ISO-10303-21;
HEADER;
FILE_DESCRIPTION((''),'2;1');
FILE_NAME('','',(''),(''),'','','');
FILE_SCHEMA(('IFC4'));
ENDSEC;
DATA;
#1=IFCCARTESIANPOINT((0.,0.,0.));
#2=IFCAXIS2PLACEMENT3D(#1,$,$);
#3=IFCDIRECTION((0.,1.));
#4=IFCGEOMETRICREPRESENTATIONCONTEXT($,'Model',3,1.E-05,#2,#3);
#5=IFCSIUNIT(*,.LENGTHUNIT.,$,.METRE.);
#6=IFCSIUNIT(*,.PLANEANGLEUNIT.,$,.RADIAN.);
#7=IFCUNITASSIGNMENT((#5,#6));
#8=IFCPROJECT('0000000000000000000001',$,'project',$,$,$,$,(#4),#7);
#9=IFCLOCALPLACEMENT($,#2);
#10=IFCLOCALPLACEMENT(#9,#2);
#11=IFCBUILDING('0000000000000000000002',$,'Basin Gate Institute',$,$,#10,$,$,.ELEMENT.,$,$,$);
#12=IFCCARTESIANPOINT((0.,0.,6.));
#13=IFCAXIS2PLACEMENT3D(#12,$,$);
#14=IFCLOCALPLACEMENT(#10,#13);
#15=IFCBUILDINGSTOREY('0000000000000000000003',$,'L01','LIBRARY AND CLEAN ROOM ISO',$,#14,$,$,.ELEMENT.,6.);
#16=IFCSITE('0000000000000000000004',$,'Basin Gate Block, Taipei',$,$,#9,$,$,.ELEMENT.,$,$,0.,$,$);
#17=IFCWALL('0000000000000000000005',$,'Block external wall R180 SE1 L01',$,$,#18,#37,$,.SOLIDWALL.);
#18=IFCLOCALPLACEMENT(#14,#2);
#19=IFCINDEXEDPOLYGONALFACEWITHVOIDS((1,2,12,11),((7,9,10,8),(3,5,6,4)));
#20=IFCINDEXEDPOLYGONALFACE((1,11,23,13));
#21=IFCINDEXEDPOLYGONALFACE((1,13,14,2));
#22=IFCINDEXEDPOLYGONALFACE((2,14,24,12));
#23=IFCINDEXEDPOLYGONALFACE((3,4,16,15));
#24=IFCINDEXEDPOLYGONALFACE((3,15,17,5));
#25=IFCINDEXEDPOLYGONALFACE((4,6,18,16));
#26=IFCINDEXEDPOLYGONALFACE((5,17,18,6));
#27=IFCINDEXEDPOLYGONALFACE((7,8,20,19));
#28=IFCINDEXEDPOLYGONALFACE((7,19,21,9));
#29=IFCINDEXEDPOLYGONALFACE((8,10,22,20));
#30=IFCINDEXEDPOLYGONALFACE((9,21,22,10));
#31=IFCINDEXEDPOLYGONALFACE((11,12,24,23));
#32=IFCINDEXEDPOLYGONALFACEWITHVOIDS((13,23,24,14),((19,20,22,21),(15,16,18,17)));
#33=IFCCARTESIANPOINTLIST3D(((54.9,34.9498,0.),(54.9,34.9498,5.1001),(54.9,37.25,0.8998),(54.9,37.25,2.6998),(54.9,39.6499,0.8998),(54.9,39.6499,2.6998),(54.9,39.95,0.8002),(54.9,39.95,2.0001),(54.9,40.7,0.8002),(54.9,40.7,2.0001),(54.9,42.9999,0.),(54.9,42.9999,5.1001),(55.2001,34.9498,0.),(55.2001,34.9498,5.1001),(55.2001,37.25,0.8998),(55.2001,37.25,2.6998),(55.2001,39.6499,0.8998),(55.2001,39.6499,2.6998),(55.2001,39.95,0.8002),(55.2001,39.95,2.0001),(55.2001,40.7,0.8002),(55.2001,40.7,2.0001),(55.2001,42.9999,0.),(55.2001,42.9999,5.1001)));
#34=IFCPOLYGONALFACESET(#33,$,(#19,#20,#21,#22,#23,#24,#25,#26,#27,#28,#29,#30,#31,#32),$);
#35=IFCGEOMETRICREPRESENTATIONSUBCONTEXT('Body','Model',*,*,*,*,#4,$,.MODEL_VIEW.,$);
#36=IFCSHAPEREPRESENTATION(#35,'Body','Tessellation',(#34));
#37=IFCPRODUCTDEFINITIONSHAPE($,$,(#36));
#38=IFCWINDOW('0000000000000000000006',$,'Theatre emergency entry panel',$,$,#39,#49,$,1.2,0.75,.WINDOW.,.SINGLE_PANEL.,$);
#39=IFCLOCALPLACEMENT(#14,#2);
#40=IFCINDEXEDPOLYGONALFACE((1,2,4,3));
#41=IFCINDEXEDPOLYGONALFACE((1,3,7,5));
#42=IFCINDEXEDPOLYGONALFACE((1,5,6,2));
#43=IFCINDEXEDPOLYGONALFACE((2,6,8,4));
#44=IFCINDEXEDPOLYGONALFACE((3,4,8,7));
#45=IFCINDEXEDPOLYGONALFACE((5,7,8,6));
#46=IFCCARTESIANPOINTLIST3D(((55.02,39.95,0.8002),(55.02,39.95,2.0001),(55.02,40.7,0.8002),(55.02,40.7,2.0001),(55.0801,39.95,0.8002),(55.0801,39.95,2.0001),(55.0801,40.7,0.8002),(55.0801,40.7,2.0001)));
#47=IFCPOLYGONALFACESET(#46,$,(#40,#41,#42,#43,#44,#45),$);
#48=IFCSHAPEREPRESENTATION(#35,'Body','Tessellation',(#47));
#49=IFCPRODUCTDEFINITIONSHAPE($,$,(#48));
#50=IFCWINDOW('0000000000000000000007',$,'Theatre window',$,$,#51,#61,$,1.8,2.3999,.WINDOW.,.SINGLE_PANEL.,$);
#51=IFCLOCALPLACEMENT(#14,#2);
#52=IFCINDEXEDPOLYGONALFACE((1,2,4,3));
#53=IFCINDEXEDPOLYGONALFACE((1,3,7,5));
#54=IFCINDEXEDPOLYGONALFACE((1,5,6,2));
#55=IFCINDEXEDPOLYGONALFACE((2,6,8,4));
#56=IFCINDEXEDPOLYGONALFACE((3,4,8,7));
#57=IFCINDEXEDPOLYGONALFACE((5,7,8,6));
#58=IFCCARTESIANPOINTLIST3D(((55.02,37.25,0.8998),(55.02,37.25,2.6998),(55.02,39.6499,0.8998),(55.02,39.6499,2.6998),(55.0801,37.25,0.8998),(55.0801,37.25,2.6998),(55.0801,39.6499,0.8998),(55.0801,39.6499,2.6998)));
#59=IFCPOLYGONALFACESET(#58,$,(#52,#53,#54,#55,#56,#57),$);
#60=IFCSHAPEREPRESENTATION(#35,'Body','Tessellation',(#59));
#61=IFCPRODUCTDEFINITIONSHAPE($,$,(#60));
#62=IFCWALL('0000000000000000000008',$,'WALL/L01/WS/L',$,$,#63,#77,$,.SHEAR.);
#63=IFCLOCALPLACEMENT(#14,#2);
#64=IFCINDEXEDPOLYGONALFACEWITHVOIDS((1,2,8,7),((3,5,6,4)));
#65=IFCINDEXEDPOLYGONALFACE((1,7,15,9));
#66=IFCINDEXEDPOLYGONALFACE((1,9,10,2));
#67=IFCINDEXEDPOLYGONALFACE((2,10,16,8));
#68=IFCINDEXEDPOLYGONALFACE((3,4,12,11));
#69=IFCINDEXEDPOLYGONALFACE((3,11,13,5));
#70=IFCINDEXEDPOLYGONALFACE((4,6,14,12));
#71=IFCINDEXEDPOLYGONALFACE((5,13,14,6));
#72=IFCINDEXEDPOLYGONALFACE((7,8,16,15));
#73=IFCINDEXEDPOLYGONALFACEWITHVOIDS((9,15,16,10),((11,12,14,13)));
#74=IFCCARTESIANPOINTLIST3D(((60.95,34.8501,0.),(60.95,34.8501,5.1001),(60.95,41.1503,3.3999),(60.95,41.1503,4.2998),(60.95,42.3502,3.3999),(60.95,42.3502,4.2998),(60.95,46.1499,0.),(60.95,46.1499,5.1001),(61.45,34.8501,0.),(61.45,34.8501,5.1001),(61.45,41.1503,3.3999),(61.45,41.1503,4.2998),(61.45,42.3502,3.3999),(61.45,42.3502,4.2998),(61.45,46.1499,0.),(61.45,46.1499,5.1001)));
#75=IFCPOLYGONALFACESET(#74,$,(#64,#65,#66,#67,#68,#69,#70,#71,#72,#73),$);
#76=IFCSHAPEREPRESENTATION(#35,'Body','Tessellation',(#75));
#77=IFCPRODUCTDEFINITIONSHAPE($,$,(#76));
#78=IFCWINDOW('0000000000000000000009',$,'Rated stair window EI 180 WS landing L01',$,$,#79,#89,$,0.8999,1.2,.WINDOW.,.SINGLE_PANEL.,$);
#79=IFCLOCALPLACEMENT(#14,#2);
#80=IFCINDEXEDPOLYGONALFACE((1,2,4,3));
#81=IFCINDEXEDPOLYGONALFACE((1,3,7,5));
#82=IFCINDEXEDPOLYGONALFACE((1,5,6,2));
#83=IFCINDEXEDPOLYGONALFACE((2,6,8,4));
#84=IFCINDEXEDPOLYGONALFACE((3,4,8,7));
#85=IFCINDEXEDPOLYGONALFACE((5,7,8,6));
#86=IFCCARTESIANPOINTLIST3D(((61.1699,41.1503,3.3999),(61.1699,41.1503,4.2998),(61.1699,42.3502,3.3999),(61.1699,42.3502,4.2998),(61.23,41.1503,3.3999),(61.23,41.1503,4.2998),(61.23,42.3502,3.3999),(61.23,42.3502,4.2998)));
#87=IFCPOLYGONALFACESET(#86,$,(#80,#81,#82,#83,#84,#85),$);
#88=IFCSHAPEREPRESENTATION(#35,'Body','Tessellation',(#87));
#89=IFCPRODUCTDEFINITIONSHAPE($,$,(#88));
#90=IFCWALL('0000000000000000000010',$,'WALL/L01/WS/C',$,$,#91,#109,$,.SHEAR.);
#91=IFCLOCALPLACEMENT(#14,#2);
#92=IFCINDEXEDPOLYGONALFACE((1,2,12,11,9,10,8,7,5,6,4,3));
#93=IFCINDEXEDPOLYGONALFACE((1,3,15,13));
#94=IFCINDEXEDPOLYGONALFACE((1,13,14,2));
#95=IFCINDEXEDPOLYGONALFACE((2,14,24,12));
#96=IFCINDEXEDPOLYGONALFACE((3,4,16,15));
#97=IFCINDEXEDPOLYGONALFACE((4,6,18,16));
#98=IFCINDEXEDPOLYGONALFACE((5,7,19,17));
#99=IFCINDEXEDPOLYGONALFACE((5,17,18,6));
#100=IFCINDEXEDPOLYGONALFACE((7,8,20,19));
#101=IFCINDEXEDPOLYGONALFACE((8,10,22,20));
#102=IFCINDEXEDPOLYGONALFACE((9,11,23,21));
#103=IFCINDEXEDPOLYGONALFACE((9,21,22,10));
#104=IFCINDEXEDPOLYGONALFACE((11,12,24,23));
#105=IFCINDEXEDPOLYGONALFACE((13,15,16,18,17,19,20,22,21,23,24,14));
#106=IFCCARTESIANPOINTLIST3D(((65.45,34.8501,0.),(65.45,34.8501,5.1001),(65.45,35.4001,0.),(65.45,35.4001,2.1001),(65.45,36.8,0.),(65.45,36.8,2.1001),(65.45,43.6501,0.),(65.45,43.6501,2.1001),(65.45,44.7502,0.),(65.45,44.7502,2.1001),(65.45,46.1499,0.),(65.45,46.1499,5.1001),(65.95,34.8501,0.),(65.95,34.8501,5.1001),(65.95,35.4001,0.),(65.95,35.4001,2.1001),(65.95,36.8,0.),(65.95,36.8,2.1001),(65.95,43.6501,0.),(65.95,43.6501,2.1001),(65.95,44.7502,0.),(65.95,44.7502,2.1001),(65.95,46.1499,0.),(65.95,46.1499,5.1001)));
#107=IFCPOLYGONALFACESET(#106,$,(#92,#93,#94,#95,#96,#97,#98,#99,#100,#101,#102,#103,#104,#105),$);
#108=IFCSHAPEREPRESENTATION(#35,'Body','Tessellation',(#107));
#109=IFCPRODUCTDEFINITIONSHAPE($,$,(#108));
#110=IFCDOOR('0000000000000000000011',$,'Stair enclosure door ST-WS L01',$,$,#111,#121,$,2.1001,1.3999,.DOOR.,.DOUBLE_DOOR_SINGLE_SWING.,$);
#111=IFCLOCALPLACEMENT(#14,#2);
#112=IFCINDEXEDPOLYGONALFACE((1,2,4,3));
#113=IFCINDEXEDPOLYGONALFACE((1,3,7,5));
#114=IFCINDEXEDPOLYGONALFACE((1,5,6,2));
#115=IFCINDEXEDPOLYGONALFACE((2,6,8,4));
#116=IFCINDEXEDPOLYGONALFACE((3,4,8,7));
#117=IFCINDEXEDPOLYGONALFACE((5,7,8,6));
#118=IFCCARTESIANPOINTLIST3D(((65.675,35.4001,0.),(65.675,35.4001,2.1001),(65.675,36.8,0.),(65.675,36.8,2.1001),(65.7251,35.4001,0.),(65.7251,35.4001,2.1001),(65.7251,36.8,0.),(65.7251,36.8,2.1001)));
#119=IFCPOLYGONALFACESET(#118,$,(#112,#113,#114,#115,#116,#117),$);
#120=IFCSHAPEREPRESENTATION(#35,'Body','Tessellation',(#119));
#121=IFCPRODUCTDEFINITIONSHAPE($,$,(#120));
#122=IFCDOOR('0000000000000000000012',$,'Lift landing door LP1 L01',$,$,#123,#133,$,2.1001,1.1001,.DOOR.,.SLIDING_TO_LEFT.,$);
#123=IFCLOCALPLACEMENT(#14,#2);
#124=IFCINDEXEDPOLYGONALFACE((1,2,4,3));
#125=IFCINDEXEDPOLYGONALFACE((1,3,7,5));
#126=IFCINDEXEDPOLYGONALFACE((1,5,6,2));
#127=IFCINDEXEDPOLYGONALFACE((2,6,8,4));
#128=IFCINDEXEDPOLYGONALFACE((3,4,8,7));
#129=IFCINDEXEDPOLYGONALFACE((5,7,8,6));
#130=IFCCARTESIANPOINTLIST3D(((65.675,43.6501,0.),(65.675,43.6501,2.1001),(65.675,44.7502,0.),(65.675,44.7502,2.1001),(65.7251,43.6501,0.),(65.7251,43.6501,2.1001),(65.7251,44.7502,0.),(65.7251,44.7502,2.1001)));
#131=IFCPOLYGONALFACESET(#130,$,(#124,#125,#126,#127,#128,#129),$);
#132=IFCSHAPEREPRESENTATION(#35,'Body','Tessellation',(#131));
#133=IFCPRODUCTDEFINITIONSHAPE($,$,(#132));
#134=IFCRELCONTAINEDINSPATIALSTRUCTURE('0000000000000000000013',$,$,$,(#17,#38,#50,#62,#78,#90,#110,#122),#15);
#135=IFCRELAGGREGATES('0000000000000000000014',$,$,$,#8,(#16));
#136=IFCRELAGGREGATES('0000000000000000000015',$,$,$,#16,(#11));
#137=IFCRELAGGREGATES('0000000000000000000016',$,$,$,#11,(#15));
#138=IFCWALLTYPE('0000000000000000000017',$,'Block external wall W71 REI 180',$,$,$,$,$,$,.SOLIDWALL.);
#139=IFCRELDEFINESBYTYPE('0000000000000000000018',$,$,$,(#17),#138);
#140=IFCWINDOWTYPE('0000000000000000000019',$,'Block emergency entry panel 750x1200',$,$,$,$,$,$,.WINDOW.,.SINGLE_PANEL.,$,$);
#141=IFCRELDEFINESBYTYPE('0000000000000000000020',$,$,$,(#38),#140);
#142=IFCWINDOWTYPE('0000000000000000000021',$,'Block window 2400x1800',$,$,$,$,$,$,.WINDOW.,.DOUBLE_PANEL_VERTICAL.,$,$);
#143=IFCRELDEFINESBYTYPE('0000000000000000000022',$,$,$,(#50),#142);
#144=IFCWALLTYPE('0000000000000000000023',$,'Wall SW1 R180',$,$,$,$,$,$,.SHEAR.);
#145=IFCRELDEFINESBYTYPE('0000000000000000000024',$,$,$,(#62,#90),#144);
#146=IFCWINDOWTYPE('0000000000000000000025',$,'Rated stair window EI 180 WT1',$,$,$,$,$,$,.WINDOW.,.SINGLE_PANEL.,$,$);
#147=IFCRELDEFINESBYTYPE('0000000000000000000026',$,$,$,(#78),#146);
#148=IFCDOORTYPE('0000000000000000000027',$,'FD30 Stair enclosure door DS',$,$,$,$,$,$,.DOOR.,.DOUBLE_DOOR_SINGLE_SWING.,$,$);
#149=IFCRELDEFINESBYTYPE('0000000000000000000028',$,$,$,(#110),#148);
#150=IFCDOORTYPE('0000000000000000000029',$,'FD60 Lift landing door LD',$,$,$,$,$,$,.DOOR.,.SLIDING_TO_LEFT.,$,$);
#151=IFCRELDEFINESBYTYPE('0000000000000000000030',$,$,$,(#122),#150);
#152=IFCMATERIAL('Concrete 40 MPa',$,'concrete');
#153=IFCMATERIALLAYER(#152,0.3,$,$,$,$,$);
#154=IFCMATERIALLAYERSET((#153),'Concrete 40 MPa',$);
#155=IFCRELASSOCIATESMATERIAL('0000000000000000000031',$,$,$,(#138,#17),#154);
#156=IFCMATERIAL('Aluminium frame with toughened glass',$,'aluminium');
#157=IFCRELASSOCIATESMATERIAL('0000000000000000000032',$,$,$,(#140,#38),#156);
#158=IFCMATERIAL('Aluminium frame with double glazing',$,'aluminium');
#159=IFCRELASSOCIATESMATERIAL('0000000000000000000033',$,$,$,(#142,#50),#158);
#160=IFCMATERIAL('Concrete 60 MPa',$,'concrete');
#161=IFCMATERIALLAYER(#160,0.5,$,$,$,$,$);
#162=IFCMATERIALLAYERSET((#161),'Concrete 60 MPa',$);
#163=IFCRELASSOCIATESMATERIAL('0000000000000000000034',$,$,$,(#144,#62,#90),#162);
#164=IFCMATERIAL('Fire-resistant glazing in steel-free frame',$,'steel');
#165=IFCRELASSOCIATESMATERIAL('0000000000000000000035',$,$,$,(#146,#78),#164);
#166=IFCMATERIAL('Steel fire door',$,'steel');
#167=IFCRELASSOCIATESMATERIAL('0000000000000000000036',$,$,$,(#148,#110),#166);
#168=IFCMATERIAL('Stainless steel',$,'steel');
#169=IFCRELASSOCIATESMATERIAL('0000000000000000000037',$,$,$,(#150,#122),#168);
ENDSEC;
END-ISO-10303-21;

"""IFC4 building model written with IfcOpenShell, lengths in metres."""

from ifc_helpers import new_model, si_unit, direction, frame, frame_2d, origin, place, context, subcontext, project, spatial, rectangle, extrude, material, layer, layer_set, type_object, element, fill, save


model = new_model("IFC4")

# Units and contexts
model_context = context("Model", 3, precision=1e-05, world=origin(), true_north=direction((0.0, 1.0)))
body_context = subcontext(model_context, "Body", "Model", "MODEL_VIEW")
ifc_project = project(units=[si_unit("LENGTHUNIT", "METRE"), si_unit("PLANEANGLEUNIT", "RADIAN")], contexts=[model_context])

# Site, building, storey
site_placement = place(None, origin())
site = spatial("IfcSite", under=ifc_project, at=site_placement, Name="Basin Gate Block, Taipei", CompositionType="ELEMENT", RefElevation=0.0)
building_placement = place(site_placement, origin())
building = spatial("IfcBuilding", under=site, at=building_placement, Name="Basin Gate Institute", CompositionType="ELEMENT")
storey_placement = place(building_placement, frame((0.0, 0.0, 6.0)))
storey = spatial("IfcBuildingStorey", under=building, at=storey_placement, Name="L01", Description="LIBRARY AND CLEAN ROOM ISO", CompositionType="ELEMENT", Elevation=6.0)

# Wall, openings, windows
ifc_material_1 = material(Name="Concrete 40 MPa", Category="concrete")
ifc_layer_1 = layer(ifc_material_1, 0.3)
ifc_layer_set_1 = layer_set([ifc_layer_1], Name="Concrete 40 MPa")
wall_type_1 = type_object("IfcWallType", Name="Block external wall W71 REI 180", PredefinedType="SOLIDWALL", material=ifc_layer_set_1)
wall_1_placement = place(storey_placement, frame((55.05, 34.95, 0.0), z_axis=(0.0, 0.0, 1.0), x_axis=(0.0, 1.0, 0.0)))
wall_1 = element("IfcWall", 1, at=wall_1_placement, inside=storey, type_object=wall_type_1, material=ifc_layer_set_1, Name="Block external wall R180 SE1 L01", PredefinedType="SOLIDWALL", context=body_context, shape_type="SweptSolid", body=[
    extrude(rectangle(XDim=8.05, YDim=0.3, at=frame_2d((4.0249, 0.0))), origin(), (0.0, 0.0, 1.0), 5.1001),
])
opening_1_placement = place(wall_1_placement, frame((2.3, 0.0, 0.8999)))
opening_1 = element("IfcOpeningElement", 2, at=opening_1_placement, cuts=wall_1, PredefinedType="OPENING", context=body_context, shape_type="SweptSolid", body=[
    extrude(rectangle(XDim=2.3999, YDim=1.8, at=frame_2d((1.2, 0.8999))), frame((0.0, 0.1602, 0.0), z_axis=(0.0, -1.0, 0.0), x_axis=(1.0, 0.0, 0.0)), (0.0, 0.0, 1.0), 0.3201),
])
opening_2_placement = place(wall_1_placement, frame((5.0, 0.0, 0.8)))
opening_2 = element("IfcOpeningElement", 3, at=opening_2_placement, cuts=wall_1, PredefinedType="OPENING", context=body_context, shape_type="SweptSolid", body=[
    extrude(rectangle(XDim=0.75, YDim=1.2, at=frame_2d((0.375, 0.6001))), frame((0.0, 0.1602, 0.0), z_axis=(0.0, -1.0, 0.0), x_axis=(1.0, 0.0, 0.0)), (0.0, 0.0, 1.0), 0.3201),
])
ifc_material_2 = material(Name="Aluminium frame with toughened glass", Category="aluminium")
window_type_1 = type_object("IfcWindowType", Name="Block emergency entry panel 750x1200", PartitioningType="SINGLE_PANEL", PredefinedType="WINDOW", material=ifc_material_2)
window_1_placement = place(opening_2_placement, origin())
window_1 = element("IfcWindow", 4, at=window_1_placement, inside=storey, type_object=window_type_1, material=ifc_material_2, Name="Theatre emergency entry panel", OverallHeight=1.2, OverallWidth=0.75, PartitioningType="SINGLE_PANEL", PredefinedType="WINDOW", context=body_context, shape_type="SweptSolid", body=[
    extrude(rectangle(XDim=0.75, YDim=1.2, at=frame_2d((0.375, 0.6001))), frame((0.0, 0.03, 0.0), z_axis=(0.0, -1.0, 0.0), x_axis=(1.0, 0.0, 0.0)), (0.0, 0.0, 1.0), 0.0601),
])
fill(opening_2, window_1)
ifc_material_3 = material(Name="Aluminium frame with double glazing", Category="aluminium")
window_type_2 = type_object("IfcWindowType", Name="Block window 2400x1800", PartitioningType="DOUBLE_PANEL_VERTICAL", PredefinedType="WINDOW", material=ifc_material_3)
window_2_placement = place(opening_1_placement, origin())
window_2 = element("IfcWindow", 5, at=window_2_placement, inside=storey, type_object=window_type_2, material=ifc_material_3, Name="Theatre window", OverallHeight=1.8, OverallWidth=2.3999, PartitioningType="SINGLE_PANEL", PredefinedType="WINDOW", context=body_context, shape_type="SweptSolid", body=[
    extrude(rectangle(XDim=2.3999, YDim=1.8, at=frame_2d((1.2, 0.8999))), frame((0.0, 0.03, 0.0), z_axis=(0.0, -1.0, 0.0), x_axis=(1.0, 0.0, 0.0)), (0.0, 0.0, 1.0), 0.0601),
])
fill(opening_1, window_2)

# Wall, opening, window
ifc_material_4 = material(Name="Concrete 60 MPa", Category="concrete")
ifc_layer_2 = layer(ifc_material_4, 0.5)
ifc_layer_set_2 = layer_set([ifc_layer_2], Name="Concrete 60 MPa")
wall_type_2 = type_object("IfcWallType", Name="Wall SW1 R180", PredefinedType="SHEAR", material=ifc_layer_set_2)
wall_2_placement = place(storey_placement, frame((61.2, 34.8501, 0.0), z_axis=(0.0, 0.0, 1.0), x_axis=(0.0, 1.0, 0.0)))
wall_2 = element("IfcWall", 6, at=wall_2_placement, inside=storey, type_object=wall_type_2, material=ifc_layer_set_2, Name="WALL/L01/WS/L", PredefinedType="SHEAR", context=body_context, shape_type="SweptSolid", body=[
    extrude(rectangle(XDim=11.2998, YDim=0.5, at=frame_2d((5.6499, 0.0))), origin(), (0.0, 0.0, 1.0), 5.1001),
])
opening_3_placement = place(wall_2_placement, frame((6.3, 0.0, 3.3999)))
opening_3 = element("IfcOpeningElement", 7, at=opening_3_placement, cuts=wall_2, PredefinedType="OPENING", context=body_context, shape_type="SweptSolid", body=[
    extrude(rectangle(XDim=1.2, YDim=0.8999, at=frame_2d((0.6001, 0.45))), frame((0.0, 0.26, 0.0), z_axis=(0.0, -1.0, 0.0), x_axis=(1.0, 0.0, 0.0)), (0.0, 0.0, 1.0), 0.52),
])
ifc_material_5 = material(Name="Fire-resistant glazing in steel-free frame", Category="steel")
window_type_3 = type_object("IfcWindowType", Name="Rated stair window EI 180 WT1", PartitioningType="SINGLE_PANEL", PredefinedType="WINDOW", material=ifc_material_5)
window_3_placement = place(opening_3_placement, origin())
window_3 = element("IfcWindow", 8, at=window_3_placement, inside=storey, type_object=window_type_3, material=ifc_material_5, Name="Rated stair window EI 180 WS landing L01", OverallHeight=0.8999, OverallWidth=1.2, PartitioningType="SINGLE_PANEL", PredefinedType="WINDOW", context=body_context, shape_type="SweptSolid", body=[
    extrude(rectangle(XDim=1.2, YDim=0.8999, at=frame_2d((0.6001, 0.45))), frame((0.0, 0.03, 0.0), z_axis=(0.0, -1.0, 0.0), x_axis=(1.0, 0.0, 0.0)), (0.0, 0.0, 1.0), 0.0601),
])
fill(opening_3, window_3)

# Wall, openings, doors
wall_3_placement = place(storey_placement, frame((65.7, 34.8501, 0.0), z_axis=(0.0, 0.0, 1.0), x_axis=(0.0, 1.0, 0.0)))
wall_3 = element("IfcWall", 9, at=wall_3_placement, inside=storey, type_object=wall_type_2, material=ifc_layer_set_2, Name="WALL/L01/WS/C", PredefinedType="SHEAR", context=body_context, shape_type="SweptSolid", body=[
    extrude(rectangle(XDim=11.2998, YDim=0.5, at=frame_2d((5.6499, 0.0))), origin(), (0.0, 0.0, 1.0), 5.1001),
])
opening_4_placement = place(wall_3_placement, frame((0.55, 0.0, 0.0)))
opening_4 = element("IfcOpeningElement", 10, at=opening_4_placement, cuts=wall_3, PredefinedType="OPENING", context=body_context, shape_type="SweptSolid", body=[
    extrude(rectangle(XDim=1.3999, YDim=2.1001, at=frame_2d((0.7, 1.05))), frame((0.0, 0.26, 0.0), z_axis=(0.0, -1.0, 0.0), x_axis=(1.0, 0.0, 0.0)), (0.0, 0.0, 1.0), 0.52),
])
opening_5_placement = place(wall_3_placement, frame((8.8, 0.0, 0.0)))
opening_5 = element("IfcOpeningElement", 11, at=opening_5_placement, cuts=wall_3, PredefinedType="OPENING", context=body_context, shape_type="SweptSolid", body=[
    extrude(rectangle(XDim=1.1001, YDim=2.1001, at=frame_2d((0.55, 1.05))), frame((0.0, 0.26, 0.0), z_axis=(0.0, -1.0, 0.0), x_axis=(1.0, 0.0, 0.0)), (0.0, 0.0, 1.0), 0.52),
])
ifc_material_6 = material(Name="Steel fire door", Category="steel")
door_type_1 = type_object("IfcDoorType", Name="FD30 Stair enclosure door DS", OperationType="DOUBLE_DOOR_SINGLE_SWING", PredefinedType="DOOR", material=ifc_material_6)
door_1_placement = place(opening_4_placement, origin())
door_1 = element("IfcDoor", 12, at=door_1_placement, inside=storey, type_object=door_type_1, material=ifc_material_6, Name="Stair enclosure door ST-WS L01", OperationType="DOUBLE_DOOR_SINGLE_SWING", OverallHeight=2.1001, OverallWidth=1.3999, PredefinedType="DOOR", context=body_context, shape_type="SweptSolid", body=[
    extrude(rectangle(XDim=1.3999, YDim=2.1001, at=frame_2d((0.7, 1.05))), frame((0.0, 0.0249, 0.0), z_axis=(0.0, -1.0, 0.0), x_axis=(1.0, 0.0, 0.0)), (0.0, 0.0, 1.0), 0.05),
])
fill(opening_4, door_1)
ifc_material_7 = material(Name="Stainless steel", Category="steel")
door_type_2 = type_object("IfcDoorType", Name="FD60 Lift landing door LD", OperationType="SLIDING_TO_LEFT", PredefinedType="DOOR", material=ifc_material_7)
door_2_placement = place(opening_5_placement, origin())
door_2 = element("IfcDoor", 13, at=door_2_placement, inside=storey, type_object=door_type_2, material=ifc_material_7, Name="Lift landing door LP1 L01", OperationType="SLIDING_TO_LEFT", OverallHeight=2.1001, OverallWidth=1.1001, PredefinedType="DOOR", context=body_context, shape_type="SweptSolid", body=[
    extrude(rectangle(XDim=1.1001, YDim=2.1001, at=frame_2d((0.55, 1.05))), frame((0.0, 0.0249, 0.0), z_axis=(0.0, -1.0, 0.0), x_axis=(1.0, 0.0, 0.0)), (0.0, 0.0, 1.0), 0.05),
])
fill(opening_5, door_2)

save(model, "model.ifc")
